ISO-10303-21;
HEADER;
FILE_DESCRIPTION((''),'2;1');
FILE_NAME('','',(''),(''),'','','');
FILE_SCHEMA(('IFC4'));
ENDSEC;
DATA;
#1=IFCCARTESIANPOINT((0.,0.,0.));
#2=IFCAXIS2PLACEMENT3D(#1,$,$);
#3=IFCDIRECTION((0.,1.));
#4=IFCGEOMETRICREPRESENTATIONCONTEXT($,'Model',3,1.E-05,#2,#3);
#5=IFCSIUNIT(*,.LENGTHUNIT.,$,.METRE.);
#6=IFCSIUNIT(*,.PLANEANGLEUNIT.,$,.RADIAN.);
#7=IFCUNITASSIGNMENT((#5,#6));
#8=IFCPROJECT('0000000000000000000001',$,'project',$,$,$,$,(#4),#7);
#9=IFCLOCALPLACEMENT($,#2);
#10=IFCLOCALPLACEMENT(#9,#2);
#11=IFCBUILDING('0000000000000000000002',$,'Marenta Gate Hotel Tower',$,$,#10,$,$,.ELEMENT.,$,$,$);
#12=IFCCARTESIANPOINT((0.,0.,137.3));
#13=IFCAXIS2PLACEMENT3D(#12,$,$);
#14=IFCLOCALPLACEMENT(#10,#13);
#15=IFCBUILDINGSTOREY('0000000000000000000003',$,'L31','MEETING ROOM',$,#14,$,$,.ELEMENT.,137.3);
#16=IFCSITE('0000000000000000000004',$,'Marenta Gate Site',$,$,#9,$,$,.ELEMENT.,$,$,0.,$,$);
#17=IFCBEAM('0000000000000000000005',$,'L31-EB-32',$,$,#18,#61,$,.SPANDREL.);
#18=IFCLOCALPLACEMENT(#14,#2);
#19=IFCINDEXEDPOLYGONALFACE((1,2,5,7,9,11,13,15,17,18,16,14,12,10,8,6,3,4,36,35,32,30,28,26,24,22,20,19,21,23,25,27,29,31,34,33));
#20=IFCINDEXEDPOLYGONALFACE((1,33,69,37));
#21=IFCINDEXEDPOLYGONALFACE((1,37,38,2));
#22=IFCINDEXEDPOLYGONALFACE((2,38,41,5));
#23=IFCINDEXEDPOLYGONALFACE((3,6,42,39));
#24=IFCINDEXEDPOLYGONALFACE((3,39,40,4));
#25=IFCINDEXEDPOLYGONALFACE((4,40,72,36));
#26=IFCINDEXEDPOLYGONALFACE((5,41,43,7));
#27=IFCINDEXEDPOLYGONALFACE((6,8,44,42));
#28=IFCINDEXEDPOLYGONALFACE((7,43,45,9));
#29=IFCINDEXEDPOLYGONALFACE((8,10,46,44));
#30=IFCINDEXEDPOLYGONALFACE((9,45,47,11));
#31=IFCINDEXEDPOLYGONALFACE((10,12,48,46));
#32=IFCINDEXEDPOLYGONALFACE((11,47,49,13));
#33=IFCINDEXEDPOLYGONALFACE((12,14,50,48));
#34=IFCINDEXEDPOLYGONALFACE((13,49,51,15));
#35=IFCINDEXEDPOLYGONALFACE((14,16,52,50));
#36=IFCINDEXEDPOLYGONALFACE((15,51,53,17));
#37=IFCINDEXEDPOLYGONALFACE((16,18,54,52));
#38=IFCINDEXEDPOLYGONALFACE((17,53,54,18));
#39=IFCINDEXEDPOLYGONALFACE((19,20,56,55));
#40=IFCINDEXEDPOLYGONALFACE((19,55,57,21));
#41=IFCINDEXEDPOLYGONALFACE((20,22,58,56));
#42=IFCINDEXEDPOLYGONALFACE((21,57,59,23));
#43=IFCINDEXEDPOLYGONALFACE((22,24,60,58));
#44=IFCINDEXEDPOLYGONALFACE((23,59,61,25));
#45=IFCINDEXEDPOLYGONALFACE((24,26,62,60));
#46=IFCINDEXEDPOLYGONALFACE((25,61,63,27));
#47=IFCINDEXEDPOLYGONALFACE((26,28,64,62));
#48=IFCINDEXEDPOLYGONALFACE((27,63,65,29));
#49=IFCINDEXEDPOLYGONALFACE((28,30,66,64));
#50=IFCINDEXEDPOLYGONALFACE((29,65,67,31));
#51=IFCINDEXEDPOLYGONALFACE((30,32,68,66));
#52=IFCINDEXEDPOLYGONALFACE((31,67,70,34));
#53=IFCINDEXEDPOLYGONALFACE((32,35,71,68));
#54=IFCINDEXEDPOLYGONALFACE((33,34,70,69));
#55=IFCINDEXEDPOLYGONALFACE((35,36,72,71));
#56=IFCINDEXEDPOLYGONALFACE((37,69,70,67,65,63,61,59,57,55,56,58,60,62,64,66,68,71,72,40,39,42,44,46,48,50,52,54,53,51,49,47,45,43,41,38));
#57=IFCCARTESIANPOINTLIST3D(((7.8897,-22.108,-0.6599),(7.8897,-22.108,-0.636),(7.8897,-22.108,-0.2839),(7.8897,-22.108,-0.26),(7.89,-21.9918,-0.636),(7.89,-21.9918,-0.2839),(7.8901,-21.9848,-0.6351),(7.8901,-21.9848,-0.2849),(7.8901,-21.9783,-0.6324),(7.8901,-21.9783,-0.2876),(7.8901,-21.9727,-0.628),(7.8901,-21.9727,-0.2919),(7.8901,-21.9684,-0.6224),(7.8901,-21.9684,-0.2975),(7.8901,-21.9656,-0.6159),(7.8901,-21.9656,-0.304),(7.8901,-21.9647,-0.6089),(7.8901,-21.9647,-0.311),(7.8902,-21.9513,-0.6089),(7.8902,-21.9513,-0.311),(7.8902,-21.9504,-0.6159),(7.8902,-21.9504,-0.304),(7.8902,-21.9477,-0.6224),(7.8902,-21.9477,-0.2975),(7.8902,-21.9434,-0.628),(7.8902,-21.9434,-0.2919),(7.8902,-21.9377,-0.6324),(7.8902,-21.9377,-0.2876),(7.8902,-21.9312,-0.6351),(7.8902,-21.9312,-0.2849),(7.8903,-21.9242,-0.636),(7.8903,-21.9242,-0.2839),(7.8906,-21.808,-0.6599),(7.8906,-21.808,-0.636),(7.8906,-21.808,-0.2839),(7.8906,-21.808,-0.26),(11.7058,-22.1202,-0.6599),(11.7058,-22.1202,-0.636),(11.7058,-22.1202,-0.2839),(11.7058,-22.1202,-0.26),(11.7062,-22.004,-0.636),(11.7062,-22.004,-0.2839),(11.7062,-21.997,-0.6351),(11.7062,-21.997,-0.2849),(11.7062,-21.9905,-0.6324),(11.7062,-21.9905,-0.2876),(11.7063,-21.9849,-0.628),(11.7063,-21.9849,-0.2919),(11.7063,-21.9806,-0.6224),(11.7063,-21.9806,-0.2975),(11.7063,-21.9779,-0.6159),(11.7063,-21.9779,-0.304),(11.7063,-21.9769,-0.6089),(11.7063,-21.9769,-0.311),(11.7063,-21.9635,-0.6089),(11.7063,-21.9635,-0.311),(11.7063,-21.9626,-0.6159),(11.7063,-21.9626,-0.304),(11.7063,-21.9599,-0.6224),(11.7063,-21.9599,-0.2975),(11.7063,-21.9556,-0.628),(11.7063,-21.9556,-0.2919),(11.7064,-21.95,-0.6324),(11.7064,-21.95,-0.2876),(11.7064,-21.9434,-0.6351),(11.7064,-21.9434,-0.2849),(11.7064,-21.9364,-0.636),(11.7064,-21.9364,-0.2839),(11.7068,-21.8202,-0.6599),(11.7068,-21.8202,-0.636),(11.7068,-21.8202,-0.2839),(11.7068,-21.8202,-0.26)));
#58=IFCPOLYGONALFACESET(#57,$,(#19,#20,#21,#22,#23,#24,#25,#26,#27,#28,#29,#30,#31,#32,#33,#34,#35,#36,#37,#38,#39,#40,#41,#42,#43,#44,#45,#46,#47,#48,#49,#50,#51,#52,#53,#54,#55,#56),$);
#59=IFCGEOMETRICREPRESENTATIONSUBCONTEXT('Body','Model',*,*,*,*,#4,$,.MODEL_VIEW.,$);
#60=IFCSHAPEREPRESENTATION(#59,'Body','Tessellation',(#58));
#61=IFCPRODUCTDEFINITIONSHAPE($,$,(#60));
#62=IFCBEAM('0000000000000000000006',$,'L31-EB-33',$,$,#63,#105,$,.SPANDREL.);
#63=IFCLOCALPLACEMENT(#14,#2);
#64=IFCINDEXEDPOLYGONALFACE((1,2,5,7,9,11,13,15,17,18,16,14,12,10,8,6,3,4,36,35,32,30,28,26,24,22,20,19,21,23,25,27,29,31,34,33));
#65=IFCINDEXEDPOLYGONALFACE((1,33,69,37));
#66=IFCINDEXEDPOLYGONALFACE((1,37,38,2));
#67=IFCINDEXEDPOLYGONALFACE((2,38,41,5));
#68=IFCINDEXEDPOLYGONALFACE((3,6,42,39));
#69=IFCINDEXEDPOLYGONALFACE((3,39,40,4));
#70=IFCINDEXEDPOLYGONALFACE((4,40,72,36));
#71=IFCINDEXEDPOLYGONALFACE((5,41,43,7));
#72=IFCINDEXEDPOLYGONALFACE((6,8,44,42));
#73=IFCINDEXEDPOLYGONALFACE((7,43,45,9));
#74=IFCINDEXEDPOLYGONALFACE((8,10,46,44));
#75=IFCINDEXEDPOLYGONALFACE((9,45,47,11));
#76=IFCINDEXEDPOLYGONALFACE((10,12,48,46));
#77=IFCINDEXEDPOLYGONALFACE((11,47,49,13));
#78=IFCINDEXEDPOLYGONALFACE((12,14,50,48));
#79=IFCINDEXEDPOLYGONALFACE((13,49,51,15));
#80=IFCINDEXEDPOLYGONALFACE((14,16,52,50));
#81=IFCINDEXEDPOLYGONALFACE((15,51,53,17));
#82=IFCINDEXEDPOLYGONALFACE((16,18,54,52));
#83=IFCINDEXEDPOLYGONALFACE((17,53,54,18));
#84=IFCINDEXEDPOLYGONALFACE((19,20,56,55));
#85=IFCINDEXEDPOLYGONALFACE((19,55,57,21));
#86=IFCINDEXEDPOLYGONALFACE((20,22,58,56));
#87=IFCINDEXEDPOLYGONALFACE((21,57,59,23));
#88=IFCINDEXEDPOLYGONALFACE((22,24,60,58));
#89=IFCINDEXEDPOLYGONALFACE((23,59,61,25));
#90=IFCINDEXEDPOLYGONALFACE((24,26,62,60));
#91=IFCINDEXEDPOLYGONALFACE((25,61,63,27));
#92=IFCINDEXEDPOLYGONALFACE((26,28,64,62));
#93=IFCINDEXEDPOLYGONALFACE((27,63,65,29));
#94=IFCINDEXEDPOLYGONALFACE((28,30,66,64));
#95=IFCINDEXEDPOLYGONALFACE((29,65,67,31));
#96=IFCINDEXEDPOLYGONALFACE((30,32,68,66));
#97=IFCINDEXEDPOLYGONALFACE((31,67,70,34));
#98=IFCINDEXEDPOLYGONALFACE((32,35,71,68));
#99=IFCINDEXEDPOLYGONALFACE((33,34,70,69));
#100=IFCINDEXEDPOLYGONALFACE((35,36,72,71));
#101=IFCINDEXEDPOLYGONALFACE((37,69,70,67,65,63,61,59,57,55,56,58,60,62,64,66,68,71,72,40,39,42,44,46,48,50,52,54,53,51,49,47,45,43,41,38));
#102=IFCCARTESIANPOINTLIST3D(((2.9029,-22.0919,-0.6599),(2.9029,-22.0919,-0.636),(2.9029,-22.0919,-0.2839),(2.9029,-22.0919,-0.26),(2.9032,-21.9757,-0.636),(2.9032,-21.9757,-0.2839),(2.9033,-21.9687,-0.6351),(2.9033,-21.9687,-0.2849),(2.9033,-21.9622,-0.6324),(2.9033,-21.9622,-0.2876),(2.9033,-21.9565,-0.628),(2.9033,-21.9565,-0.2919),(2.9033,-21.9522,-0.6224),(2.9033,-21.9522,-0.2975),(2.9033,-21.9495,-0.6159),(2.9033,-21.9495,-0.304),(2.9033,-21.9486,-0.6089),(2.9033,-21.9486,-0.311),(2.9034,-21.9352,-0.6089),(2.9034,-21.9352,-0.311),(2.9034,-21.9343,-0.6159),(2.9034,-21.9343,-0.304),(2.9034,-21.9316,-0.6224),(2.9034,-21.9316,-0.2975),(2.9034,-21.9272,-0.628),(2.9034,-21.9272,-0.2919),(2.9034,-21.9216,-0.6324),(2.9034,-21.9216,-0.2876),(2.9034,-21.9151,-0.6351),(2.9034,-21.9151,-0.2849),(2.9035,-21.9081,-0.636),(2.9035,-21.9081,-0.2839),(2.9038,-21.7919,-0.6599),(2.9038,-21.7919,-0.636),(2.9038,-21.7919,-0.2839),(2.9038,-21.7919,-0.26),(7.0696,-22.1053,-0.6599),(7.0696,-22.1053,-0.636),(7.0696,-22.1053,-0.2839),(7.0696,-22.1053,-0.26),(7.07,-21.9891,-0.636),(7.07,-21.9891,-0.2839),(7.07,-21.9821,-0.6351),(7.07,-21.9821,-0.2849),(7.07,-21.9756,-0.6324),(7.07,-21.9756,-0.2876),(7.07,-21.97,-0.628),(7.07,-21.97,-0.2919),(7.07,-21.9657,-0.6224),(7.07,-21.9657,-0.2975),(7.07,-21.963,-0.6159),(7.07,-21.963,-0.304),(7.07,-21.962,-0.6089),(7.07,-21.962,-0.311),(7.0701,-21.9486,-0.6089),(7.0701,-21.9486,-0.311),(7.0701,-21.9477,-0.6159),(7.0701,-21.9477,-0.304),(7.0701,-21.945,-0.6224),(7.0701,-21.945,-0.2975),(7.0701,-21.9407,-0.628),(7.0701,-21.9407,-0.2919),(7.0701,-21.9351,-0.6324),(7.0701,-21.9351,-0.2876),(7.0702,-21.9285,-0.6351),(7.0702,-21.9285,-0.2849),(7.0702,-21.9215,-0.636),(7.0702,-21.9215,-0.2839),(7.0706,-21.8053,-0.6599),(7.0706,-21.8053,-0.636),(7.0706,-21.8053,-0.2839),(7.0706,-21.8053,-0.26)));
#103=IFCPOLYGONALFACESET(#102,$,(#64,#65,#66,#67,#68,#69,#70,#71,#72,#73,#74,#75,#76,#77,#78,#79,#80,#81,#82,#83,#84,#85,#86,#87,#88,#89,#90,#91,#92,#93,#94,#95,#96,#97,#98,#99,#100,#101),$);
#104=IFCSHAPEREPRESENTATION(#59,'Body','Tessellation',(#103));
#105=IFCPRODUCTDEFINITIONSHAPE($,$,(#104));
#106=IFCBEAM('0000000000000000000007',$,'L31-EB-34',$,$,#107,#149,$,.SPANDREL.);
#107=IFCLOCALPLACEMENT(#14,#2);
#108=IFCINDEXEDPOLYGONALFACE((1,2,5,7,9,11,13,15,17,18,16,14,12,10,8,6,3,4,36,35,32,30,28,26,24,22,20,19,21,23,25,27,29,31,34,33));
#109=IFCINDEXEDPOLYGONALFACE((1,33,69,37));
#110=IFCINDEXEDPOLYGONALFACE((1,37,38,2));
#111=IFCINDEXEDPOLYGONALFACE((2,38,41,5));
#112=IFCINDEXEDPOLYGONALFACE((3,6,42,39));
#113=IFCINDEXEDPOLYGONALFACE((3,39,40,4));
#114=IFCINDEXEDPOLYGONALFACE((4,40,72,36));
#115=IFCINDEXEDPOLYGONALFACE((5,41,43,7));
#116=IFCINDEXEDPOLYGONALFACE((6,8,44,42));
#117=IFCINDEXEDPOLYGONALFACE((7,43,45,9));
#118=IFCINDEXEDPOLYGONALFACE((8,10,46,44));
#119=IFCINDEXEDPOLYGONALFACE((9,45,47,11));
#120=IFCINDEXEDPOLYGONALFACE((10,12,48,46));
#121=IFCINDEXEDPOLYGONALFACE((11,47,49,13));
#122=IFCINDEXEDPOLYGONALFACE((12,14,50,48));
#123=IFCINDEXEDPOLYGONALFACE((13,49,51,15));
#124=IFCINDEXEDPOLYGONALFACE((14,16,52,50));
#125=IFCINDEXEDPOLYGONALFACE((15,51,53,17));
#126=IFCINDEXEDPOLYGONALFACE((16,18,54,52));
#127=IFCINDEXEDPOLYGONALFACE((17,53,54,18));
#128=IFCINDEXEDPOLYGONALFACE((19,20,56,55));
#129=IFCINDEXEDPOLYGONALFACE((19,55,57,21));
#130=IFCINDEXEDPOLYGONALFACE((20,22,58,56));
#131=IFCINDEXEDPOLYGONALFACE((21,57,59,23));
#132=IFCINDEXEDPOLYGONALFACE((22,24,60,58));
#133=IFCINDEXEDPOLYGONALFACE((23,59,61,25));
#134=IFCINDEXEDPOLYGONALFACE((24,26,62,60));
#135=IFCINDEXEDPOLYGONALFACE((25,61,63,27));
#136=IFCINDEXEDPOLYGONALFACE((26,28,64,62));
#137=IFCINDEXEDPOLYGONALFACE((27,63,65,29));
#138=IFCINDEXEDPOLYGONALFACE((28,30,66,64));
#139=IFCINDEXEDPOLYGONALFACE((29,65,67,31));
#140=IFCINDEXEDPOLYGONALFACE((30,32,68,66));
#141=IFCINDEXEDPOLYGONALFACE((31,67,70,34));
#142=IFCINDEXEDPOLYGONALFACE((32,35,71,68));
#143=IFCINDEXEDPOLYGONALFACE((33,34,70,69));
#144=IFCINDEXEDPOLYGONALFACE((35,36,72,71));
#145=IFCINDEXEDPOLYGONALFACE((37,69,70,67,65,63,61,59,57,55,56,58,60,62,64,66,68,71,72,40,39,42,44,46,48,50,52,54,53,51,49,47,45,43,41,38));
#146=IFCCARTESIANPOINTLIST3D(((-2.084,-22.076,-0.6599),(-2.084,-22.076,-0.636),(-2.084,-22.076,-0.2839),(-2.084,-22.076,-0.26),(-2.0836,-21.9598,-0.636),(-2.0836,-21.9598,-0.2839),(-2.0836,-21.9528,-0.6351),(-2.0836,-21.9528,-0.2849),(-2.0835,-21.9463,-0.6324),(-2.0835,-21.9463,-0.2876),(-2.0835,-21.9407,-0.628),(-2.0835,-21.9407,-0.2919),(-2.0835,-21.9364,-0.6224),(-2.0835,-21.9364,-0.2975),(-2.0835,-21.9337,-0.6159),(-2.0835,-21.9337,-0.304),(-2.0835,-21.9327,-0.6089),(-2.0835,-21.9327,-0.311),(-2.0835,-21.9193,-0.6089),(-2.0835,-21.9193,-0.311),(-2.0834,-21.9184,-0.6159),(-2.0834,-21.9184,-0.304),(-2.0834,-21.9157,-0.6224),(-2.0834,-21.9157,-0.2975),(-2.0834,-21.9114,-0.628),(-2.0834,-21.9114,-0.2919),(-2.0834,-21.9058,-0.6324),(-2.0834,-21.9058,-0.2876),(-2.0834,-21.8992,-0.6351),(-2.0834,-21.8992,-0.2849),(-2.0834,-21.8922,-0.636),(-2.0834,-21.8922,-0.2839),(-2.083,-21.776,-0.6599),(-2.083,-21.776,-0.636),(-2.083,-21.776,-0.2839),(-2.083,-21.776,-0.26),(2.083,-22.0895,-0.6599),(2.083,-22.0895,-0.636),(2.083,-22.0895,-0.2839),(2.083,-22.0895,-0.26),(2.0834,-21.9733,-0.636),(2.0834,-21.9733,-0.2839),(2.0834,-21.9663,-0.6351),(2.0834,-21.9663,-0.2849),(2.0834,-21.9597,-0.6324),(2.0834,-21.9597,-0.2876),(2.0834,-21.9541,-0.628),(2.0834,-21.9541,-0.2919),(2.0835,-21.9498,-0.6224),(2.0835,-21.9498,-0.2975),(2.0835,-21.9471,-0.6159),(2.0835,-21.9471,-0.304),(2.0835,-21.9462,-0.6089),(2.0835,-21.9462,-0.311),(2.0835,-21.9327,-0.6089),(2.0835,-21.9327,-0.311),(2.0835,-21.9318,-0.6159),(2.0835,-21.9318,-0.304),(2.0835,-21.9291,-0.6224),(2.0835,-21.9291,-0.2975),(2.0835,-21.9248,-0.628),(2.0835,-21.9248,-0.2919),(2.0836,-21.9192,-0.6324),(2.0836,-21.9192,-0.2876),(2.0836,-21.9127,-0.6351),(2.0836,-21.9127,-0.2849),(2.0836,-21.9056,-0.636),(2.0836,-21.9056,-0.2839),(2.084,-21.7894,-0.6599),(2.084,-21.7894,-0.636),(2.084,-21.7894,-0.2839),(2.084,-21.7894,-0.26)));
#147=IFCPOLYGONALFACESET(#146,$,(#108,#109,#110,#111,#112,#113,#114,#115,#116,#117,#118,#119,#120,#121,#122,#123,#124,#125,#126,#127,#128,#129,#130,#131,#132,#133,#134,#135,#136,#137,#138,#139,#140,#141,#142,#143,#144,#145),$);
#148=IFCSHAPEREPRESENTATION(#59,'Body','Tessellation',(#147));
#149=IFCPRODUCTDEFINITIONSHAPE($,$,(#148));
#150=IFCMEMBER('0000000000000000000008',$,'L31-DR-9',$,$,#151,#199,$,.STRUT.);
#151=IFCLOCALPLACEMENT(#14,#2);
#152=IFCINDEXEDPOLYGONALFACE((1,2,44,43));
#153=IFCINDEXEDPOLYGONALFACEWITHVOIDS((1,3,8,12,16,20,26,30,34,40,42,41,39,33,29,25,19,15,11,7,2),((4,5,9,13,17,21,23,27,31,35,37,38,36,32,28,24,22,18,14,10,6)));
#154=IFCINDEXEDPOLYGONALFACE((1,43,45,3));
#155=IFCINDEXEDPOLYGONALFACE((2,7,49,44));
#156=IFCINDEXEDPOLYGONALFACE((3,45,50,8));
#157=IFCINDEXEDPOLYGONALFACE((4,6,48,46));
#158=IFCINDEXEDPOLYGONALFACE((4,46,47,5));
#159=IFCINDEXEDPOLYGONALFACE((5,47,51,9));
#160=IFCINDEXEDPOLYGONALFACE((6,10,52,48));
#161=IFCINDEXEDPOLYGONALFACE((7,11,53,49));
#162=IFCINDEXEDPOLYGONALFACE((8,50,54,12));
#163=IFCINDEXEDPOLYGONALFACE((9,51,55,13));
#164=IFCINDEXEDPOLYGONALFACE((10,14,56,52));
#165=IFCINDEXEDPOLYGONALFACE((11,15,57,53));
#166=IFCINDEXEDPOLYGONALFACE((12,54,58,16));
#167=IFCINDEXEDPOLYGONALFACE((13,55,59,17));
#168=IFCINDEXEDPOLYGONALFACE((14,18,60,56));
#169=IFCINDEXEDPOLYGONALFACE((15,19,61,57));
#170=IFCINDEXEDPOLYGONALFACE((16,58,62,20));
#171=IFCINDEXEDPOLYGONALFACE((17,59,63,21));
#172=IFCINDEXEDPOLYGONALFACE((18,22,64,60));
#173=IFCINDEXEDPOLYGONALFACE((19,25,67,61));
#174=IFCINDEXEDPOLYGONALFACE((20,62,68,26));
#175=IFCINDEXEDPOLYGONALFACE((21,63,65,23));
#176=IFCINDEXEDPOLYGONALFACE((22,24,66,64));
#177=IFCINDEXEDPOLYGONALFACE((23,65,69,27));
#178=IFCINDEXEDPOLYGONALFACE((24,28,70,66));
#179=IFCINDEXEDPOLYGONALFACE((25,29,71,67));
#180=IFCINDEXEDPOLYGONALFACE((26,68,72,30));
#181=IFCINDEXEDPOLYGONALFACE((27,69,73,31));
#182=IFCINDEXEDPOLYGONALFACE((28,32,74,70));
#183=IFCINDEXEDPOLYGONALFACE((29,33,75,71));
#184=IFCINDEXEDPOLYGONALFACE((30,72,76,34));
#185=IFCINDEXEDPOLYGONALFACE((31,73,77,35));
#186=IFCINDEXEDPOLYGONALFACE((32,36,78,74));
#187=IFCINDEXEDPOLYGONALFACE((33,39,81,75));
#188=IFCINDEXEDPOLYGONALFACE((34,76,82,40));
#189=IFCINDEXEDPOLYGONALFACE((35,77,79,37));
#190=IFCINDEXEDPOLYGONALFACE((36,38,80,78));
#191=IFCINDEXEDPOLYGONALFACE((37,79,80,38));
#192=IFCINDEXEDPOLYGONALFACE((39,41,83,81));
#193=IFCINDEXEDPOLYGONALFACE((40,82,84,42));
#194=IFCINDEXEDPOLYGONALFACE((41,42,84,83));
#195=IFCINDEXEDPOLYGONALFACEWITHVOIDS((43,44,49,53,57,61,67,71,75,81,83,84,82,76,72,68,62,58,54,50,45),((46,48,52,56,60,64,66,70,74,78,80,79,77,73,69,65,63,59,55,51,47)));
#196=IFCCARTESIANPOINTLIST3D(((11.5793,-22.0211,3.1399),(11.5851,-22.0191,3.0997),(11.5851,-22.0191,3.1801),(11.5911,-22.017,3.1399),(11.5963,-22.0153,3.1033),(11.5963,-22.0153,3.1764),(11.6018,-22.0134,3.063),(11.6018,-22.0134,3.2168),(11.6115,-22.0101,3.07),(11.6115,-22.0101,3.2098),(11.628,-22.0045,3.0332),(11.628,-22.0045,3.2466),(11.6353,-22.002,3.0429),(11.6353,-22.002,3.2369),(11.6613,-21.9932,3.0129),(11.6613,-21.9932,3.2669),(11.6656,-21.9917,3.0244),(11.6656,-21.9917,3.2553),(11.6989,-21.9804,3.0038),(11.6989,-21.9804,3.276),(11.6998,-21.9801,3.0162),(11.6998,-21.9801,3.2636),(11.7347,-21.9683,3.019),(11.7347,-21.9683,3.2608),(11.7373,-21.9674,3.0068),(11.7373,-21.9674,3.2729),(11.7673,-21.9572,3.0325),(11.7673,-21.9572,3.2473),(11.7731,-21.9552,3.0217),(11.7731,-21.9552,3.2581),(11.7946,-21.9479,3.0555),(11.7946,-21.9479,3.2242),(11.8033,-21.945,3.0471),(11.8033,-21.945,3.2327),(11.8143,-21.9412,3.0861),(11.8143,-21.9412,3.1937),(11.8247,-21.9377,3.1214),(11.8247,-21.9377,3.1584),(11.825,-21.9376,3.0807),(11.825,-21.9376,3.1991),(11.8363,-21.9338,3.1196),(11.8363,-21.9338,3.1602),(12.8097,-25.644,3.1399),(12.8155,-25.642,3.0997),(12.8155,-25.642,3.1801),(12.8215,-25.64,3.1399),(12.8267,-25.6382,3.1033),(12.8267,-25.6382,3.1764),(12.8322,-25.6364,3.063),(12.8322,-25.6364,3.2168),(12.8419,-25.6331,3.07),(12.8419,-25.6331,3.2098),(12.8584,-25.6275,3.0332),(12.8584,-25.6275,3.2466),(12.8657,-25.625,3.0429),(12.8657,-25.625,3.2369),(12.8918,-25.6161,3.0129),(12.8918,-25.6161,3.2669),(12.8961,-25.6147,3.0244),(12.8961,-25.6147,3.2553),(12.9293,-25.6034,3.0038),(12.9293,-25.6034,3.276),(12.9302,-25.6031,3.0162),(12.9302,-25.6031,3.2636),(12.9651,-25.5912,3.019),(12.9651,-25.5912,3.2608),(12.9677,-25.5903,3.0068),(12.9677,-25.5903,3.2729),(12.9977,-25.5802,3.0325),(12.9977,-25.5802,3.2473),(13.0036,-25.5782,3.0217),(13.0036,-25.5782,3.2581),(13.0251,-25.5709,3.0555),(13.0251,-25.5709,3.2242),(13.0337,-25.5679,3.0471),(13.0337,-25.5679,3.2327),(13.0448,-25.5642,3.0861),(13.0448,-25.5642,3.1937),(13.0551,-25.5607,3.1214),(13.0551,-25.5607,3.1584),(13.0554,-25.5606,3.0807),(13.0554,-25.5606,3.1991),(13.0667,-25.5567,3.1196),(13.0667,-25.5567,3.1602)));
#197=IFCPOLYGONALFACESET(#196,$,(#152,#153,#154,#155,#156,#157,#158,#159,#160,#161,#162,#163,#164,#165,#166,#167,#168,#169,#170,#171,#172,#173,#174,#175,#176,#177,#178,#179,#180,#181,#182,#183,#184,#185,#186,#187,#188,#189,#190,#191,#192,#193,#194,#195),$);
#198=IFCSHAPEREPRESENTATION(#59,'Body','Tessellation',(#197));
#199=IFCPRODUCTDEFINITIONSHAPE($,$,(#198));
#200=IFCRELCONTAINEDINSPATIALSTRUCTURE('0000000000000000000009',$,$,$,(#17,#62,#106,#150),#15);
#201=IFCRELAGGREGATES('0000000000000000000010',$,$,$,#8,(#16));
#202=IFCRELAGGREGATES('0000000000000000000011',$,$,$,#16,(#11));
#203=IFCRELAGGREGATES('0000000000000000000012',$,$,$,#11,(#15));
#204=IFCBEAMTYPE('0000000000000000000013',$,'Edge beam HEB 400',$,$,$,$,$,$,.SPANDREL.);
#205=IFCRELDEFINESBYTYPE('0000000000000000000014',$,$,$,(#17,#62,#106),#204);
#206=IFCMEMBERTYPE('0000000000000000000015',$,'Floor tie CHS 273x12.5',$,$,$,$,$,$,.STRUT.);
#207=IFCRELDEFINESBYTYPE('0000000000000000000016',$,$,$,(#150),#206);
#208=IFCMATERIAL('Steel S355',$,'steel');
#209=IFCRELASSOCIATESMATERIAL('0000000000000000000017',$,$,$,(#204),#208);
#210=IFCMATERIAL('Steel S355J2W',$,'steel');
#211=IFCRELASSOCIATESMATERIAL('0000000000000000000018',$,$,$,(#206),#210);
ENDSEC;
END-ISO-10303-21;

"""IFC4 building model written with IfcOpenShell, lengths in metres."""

from ifc_helpers import new_model, si_unit, direction, frame, origin, origin_2d, place, context, subcontext, project, spatial, hollow_circle, i_section, extrude, material, material_profile, profile_set, type_object, element, save


model = new_model("IFC4")

# Units and contexts
model_context = context("Model", 3, precision=1e-05, world=origin(), true_north=direction((0.0, 1.0)))
body_context = subcontext(model_context, "Body", "Model", "MODEL_VIEW")
ifc_project = project(units=[si_unit("LENGTHUNIT", "METRE"), si_unit("PLANEANGLEUNIT", "RADIAN")], contexts=[model_context])

# Site, building, storey
site_placement = place(None, origin())
site = spatial("IfcSite", under=ifc_project, at=site_placement, Name="Marenta Gate Site", CompositionType="ELEMENT", RefElevation=0.0)
building_placement = place(site_placement, origin())
building = spatial("IfcBuilding", under=site, at=building_placement, Name="Marenta Gate Hotel Tower", CompositionType="ELEMENT")
storey_placement = place(building_placement, frame((0.0, 0.0, 137.3)))
storey = spatial("IfcBuildingStorey", under=building, at=storey_placement, Name="L31", Description="MEETING ROOM", CompositionType="ELEMENT", Elevation=137.3)

# Beams
ifc_material_1 = material(Name="Steel S355", Category="steel")
ifc_material_profile_1 = material_profile(ifc_material_1, i_section(OverallWidth=0.3, OverallDepth=0.3999, WebThickness=0.0134, FlangeThickness=0.0239, FilletRadius=0.0271, at=origin_2d()), Name="HEB 400")
ifc_profile_set_1 = profile_set([ifc_material_profile_1], Name="Steel S355")
beam_type_1 = type_object("IfcBeamType", Name="Edge beam HEB 400", PredefinedType="SPANDREL", material=ifc_profile_set_1)
beam_1_placement = place(storey_placement, frame((11.7063, -21.9702, -0.46), z_axis=(-0.999995, 0.003199, 0.0), x_axis=(-0.003199, -0.999995, 0.0)))
element("IfcBeam", 1, at=beam_1_placement, inside=storey, type_object=beam_type_1, Name="L31-EB-32", PredefinedType="SPANDREL", context=body_context, shape_type="SweptSolid", body=[
    extrude(i_section(OverallWidth=0.3, OverallDepth=0.3999, WebThickness=0.0134, FlangeThickness=0.0239, FilletRadius=0.0271, at=origin_2d()), origin(), (0.0, 0.0, 1.0), 3.8162),
])
beam_2_placement = place(storey_placement, frame((7.0701, -21.9553, -0.46), z_axis=(-0.999995, 0.003223, 0.0), x_axis=(-0.003223, -0.999995, 0.0)))
element("IfcBeam", 2, at=beam_2_placement, inside=storey, type_object=beam_type_1, Name="L31-EB-33", PredefinedType="SPANDREL", context=body_context, shape_type="SweptSolid", body=[
    extrude(i_section(OverallWidth=0.3, OverallDepth=0.3999, WebThickness=0.0134, FlangeThickness=0.0239, FilletRadius=0.0271, at=origin_2d()), origin(), (0.0, 0.0, 1.0), 4.1667),
])
beam_3_placement = place(storey_placement, frame((2.0835, -21.9395, -0.46), z_axis=(-0.999995, 0.003222, 0.0), x_axis=(-0.003222, -0.999995, 0.0)))
element("IfcBeam", 3, at=beam_3_placement, inside=storey, type_object=beam_type_1, Name="L31-EB-34", PredefinedType="SPANDREL", context=body_context, shape_type="SweptSolid", body=[
    extrude(i_section(OverallWidth=0.3, OverallDepth=0.3999, WebThickness=0.0134, FlangeThickness=0.0239, FilletRadius=0.0271, at=origin_2d()), origin(), (0.0, 0.0, 1.0), 4.167),
])

# Member
ifc_material_2 = material(Name="Steel S355J2W", Category="steel")
ifc_material_profile_2 = material_profile(ifc_material_2, hollow_circle(Radius=0.1365, WallThickness=0.0125, at=origin_2d()), Name="CHS 273x12.5")
ifc_profile_set_2 = profile_set([ifc_material_profile_2], Name="Steel S355J2W")
member_type_1 = type_object("IfcMemberType", Name="Floor tie CHS 273x12.5", PredefinedType="STRUT", material=ifc_profile_set_2)
member_1_placement = place(storey_placement, frame((12.939, -25.6001, 3.1399), z_axis=(-0.321582, 0.946882, 0.0), x_axis=(-0.946882, -0.321582, 0.0)))
element("IfcMember", 4, at=member_1_placement, inside=storey, type_object=member_type_1, Name="L31-DR-9", PredefinedType="STRUT", context=body_context, shape_type="SweptSolid", body=[
    extrude(hollow_circle(Radius=0.1365, WallThickness=0.0125, at=origin_2d()), origin(), (0.0, 0.0, 1.0), 3.8262),
])

save(model, "model.ifc")
